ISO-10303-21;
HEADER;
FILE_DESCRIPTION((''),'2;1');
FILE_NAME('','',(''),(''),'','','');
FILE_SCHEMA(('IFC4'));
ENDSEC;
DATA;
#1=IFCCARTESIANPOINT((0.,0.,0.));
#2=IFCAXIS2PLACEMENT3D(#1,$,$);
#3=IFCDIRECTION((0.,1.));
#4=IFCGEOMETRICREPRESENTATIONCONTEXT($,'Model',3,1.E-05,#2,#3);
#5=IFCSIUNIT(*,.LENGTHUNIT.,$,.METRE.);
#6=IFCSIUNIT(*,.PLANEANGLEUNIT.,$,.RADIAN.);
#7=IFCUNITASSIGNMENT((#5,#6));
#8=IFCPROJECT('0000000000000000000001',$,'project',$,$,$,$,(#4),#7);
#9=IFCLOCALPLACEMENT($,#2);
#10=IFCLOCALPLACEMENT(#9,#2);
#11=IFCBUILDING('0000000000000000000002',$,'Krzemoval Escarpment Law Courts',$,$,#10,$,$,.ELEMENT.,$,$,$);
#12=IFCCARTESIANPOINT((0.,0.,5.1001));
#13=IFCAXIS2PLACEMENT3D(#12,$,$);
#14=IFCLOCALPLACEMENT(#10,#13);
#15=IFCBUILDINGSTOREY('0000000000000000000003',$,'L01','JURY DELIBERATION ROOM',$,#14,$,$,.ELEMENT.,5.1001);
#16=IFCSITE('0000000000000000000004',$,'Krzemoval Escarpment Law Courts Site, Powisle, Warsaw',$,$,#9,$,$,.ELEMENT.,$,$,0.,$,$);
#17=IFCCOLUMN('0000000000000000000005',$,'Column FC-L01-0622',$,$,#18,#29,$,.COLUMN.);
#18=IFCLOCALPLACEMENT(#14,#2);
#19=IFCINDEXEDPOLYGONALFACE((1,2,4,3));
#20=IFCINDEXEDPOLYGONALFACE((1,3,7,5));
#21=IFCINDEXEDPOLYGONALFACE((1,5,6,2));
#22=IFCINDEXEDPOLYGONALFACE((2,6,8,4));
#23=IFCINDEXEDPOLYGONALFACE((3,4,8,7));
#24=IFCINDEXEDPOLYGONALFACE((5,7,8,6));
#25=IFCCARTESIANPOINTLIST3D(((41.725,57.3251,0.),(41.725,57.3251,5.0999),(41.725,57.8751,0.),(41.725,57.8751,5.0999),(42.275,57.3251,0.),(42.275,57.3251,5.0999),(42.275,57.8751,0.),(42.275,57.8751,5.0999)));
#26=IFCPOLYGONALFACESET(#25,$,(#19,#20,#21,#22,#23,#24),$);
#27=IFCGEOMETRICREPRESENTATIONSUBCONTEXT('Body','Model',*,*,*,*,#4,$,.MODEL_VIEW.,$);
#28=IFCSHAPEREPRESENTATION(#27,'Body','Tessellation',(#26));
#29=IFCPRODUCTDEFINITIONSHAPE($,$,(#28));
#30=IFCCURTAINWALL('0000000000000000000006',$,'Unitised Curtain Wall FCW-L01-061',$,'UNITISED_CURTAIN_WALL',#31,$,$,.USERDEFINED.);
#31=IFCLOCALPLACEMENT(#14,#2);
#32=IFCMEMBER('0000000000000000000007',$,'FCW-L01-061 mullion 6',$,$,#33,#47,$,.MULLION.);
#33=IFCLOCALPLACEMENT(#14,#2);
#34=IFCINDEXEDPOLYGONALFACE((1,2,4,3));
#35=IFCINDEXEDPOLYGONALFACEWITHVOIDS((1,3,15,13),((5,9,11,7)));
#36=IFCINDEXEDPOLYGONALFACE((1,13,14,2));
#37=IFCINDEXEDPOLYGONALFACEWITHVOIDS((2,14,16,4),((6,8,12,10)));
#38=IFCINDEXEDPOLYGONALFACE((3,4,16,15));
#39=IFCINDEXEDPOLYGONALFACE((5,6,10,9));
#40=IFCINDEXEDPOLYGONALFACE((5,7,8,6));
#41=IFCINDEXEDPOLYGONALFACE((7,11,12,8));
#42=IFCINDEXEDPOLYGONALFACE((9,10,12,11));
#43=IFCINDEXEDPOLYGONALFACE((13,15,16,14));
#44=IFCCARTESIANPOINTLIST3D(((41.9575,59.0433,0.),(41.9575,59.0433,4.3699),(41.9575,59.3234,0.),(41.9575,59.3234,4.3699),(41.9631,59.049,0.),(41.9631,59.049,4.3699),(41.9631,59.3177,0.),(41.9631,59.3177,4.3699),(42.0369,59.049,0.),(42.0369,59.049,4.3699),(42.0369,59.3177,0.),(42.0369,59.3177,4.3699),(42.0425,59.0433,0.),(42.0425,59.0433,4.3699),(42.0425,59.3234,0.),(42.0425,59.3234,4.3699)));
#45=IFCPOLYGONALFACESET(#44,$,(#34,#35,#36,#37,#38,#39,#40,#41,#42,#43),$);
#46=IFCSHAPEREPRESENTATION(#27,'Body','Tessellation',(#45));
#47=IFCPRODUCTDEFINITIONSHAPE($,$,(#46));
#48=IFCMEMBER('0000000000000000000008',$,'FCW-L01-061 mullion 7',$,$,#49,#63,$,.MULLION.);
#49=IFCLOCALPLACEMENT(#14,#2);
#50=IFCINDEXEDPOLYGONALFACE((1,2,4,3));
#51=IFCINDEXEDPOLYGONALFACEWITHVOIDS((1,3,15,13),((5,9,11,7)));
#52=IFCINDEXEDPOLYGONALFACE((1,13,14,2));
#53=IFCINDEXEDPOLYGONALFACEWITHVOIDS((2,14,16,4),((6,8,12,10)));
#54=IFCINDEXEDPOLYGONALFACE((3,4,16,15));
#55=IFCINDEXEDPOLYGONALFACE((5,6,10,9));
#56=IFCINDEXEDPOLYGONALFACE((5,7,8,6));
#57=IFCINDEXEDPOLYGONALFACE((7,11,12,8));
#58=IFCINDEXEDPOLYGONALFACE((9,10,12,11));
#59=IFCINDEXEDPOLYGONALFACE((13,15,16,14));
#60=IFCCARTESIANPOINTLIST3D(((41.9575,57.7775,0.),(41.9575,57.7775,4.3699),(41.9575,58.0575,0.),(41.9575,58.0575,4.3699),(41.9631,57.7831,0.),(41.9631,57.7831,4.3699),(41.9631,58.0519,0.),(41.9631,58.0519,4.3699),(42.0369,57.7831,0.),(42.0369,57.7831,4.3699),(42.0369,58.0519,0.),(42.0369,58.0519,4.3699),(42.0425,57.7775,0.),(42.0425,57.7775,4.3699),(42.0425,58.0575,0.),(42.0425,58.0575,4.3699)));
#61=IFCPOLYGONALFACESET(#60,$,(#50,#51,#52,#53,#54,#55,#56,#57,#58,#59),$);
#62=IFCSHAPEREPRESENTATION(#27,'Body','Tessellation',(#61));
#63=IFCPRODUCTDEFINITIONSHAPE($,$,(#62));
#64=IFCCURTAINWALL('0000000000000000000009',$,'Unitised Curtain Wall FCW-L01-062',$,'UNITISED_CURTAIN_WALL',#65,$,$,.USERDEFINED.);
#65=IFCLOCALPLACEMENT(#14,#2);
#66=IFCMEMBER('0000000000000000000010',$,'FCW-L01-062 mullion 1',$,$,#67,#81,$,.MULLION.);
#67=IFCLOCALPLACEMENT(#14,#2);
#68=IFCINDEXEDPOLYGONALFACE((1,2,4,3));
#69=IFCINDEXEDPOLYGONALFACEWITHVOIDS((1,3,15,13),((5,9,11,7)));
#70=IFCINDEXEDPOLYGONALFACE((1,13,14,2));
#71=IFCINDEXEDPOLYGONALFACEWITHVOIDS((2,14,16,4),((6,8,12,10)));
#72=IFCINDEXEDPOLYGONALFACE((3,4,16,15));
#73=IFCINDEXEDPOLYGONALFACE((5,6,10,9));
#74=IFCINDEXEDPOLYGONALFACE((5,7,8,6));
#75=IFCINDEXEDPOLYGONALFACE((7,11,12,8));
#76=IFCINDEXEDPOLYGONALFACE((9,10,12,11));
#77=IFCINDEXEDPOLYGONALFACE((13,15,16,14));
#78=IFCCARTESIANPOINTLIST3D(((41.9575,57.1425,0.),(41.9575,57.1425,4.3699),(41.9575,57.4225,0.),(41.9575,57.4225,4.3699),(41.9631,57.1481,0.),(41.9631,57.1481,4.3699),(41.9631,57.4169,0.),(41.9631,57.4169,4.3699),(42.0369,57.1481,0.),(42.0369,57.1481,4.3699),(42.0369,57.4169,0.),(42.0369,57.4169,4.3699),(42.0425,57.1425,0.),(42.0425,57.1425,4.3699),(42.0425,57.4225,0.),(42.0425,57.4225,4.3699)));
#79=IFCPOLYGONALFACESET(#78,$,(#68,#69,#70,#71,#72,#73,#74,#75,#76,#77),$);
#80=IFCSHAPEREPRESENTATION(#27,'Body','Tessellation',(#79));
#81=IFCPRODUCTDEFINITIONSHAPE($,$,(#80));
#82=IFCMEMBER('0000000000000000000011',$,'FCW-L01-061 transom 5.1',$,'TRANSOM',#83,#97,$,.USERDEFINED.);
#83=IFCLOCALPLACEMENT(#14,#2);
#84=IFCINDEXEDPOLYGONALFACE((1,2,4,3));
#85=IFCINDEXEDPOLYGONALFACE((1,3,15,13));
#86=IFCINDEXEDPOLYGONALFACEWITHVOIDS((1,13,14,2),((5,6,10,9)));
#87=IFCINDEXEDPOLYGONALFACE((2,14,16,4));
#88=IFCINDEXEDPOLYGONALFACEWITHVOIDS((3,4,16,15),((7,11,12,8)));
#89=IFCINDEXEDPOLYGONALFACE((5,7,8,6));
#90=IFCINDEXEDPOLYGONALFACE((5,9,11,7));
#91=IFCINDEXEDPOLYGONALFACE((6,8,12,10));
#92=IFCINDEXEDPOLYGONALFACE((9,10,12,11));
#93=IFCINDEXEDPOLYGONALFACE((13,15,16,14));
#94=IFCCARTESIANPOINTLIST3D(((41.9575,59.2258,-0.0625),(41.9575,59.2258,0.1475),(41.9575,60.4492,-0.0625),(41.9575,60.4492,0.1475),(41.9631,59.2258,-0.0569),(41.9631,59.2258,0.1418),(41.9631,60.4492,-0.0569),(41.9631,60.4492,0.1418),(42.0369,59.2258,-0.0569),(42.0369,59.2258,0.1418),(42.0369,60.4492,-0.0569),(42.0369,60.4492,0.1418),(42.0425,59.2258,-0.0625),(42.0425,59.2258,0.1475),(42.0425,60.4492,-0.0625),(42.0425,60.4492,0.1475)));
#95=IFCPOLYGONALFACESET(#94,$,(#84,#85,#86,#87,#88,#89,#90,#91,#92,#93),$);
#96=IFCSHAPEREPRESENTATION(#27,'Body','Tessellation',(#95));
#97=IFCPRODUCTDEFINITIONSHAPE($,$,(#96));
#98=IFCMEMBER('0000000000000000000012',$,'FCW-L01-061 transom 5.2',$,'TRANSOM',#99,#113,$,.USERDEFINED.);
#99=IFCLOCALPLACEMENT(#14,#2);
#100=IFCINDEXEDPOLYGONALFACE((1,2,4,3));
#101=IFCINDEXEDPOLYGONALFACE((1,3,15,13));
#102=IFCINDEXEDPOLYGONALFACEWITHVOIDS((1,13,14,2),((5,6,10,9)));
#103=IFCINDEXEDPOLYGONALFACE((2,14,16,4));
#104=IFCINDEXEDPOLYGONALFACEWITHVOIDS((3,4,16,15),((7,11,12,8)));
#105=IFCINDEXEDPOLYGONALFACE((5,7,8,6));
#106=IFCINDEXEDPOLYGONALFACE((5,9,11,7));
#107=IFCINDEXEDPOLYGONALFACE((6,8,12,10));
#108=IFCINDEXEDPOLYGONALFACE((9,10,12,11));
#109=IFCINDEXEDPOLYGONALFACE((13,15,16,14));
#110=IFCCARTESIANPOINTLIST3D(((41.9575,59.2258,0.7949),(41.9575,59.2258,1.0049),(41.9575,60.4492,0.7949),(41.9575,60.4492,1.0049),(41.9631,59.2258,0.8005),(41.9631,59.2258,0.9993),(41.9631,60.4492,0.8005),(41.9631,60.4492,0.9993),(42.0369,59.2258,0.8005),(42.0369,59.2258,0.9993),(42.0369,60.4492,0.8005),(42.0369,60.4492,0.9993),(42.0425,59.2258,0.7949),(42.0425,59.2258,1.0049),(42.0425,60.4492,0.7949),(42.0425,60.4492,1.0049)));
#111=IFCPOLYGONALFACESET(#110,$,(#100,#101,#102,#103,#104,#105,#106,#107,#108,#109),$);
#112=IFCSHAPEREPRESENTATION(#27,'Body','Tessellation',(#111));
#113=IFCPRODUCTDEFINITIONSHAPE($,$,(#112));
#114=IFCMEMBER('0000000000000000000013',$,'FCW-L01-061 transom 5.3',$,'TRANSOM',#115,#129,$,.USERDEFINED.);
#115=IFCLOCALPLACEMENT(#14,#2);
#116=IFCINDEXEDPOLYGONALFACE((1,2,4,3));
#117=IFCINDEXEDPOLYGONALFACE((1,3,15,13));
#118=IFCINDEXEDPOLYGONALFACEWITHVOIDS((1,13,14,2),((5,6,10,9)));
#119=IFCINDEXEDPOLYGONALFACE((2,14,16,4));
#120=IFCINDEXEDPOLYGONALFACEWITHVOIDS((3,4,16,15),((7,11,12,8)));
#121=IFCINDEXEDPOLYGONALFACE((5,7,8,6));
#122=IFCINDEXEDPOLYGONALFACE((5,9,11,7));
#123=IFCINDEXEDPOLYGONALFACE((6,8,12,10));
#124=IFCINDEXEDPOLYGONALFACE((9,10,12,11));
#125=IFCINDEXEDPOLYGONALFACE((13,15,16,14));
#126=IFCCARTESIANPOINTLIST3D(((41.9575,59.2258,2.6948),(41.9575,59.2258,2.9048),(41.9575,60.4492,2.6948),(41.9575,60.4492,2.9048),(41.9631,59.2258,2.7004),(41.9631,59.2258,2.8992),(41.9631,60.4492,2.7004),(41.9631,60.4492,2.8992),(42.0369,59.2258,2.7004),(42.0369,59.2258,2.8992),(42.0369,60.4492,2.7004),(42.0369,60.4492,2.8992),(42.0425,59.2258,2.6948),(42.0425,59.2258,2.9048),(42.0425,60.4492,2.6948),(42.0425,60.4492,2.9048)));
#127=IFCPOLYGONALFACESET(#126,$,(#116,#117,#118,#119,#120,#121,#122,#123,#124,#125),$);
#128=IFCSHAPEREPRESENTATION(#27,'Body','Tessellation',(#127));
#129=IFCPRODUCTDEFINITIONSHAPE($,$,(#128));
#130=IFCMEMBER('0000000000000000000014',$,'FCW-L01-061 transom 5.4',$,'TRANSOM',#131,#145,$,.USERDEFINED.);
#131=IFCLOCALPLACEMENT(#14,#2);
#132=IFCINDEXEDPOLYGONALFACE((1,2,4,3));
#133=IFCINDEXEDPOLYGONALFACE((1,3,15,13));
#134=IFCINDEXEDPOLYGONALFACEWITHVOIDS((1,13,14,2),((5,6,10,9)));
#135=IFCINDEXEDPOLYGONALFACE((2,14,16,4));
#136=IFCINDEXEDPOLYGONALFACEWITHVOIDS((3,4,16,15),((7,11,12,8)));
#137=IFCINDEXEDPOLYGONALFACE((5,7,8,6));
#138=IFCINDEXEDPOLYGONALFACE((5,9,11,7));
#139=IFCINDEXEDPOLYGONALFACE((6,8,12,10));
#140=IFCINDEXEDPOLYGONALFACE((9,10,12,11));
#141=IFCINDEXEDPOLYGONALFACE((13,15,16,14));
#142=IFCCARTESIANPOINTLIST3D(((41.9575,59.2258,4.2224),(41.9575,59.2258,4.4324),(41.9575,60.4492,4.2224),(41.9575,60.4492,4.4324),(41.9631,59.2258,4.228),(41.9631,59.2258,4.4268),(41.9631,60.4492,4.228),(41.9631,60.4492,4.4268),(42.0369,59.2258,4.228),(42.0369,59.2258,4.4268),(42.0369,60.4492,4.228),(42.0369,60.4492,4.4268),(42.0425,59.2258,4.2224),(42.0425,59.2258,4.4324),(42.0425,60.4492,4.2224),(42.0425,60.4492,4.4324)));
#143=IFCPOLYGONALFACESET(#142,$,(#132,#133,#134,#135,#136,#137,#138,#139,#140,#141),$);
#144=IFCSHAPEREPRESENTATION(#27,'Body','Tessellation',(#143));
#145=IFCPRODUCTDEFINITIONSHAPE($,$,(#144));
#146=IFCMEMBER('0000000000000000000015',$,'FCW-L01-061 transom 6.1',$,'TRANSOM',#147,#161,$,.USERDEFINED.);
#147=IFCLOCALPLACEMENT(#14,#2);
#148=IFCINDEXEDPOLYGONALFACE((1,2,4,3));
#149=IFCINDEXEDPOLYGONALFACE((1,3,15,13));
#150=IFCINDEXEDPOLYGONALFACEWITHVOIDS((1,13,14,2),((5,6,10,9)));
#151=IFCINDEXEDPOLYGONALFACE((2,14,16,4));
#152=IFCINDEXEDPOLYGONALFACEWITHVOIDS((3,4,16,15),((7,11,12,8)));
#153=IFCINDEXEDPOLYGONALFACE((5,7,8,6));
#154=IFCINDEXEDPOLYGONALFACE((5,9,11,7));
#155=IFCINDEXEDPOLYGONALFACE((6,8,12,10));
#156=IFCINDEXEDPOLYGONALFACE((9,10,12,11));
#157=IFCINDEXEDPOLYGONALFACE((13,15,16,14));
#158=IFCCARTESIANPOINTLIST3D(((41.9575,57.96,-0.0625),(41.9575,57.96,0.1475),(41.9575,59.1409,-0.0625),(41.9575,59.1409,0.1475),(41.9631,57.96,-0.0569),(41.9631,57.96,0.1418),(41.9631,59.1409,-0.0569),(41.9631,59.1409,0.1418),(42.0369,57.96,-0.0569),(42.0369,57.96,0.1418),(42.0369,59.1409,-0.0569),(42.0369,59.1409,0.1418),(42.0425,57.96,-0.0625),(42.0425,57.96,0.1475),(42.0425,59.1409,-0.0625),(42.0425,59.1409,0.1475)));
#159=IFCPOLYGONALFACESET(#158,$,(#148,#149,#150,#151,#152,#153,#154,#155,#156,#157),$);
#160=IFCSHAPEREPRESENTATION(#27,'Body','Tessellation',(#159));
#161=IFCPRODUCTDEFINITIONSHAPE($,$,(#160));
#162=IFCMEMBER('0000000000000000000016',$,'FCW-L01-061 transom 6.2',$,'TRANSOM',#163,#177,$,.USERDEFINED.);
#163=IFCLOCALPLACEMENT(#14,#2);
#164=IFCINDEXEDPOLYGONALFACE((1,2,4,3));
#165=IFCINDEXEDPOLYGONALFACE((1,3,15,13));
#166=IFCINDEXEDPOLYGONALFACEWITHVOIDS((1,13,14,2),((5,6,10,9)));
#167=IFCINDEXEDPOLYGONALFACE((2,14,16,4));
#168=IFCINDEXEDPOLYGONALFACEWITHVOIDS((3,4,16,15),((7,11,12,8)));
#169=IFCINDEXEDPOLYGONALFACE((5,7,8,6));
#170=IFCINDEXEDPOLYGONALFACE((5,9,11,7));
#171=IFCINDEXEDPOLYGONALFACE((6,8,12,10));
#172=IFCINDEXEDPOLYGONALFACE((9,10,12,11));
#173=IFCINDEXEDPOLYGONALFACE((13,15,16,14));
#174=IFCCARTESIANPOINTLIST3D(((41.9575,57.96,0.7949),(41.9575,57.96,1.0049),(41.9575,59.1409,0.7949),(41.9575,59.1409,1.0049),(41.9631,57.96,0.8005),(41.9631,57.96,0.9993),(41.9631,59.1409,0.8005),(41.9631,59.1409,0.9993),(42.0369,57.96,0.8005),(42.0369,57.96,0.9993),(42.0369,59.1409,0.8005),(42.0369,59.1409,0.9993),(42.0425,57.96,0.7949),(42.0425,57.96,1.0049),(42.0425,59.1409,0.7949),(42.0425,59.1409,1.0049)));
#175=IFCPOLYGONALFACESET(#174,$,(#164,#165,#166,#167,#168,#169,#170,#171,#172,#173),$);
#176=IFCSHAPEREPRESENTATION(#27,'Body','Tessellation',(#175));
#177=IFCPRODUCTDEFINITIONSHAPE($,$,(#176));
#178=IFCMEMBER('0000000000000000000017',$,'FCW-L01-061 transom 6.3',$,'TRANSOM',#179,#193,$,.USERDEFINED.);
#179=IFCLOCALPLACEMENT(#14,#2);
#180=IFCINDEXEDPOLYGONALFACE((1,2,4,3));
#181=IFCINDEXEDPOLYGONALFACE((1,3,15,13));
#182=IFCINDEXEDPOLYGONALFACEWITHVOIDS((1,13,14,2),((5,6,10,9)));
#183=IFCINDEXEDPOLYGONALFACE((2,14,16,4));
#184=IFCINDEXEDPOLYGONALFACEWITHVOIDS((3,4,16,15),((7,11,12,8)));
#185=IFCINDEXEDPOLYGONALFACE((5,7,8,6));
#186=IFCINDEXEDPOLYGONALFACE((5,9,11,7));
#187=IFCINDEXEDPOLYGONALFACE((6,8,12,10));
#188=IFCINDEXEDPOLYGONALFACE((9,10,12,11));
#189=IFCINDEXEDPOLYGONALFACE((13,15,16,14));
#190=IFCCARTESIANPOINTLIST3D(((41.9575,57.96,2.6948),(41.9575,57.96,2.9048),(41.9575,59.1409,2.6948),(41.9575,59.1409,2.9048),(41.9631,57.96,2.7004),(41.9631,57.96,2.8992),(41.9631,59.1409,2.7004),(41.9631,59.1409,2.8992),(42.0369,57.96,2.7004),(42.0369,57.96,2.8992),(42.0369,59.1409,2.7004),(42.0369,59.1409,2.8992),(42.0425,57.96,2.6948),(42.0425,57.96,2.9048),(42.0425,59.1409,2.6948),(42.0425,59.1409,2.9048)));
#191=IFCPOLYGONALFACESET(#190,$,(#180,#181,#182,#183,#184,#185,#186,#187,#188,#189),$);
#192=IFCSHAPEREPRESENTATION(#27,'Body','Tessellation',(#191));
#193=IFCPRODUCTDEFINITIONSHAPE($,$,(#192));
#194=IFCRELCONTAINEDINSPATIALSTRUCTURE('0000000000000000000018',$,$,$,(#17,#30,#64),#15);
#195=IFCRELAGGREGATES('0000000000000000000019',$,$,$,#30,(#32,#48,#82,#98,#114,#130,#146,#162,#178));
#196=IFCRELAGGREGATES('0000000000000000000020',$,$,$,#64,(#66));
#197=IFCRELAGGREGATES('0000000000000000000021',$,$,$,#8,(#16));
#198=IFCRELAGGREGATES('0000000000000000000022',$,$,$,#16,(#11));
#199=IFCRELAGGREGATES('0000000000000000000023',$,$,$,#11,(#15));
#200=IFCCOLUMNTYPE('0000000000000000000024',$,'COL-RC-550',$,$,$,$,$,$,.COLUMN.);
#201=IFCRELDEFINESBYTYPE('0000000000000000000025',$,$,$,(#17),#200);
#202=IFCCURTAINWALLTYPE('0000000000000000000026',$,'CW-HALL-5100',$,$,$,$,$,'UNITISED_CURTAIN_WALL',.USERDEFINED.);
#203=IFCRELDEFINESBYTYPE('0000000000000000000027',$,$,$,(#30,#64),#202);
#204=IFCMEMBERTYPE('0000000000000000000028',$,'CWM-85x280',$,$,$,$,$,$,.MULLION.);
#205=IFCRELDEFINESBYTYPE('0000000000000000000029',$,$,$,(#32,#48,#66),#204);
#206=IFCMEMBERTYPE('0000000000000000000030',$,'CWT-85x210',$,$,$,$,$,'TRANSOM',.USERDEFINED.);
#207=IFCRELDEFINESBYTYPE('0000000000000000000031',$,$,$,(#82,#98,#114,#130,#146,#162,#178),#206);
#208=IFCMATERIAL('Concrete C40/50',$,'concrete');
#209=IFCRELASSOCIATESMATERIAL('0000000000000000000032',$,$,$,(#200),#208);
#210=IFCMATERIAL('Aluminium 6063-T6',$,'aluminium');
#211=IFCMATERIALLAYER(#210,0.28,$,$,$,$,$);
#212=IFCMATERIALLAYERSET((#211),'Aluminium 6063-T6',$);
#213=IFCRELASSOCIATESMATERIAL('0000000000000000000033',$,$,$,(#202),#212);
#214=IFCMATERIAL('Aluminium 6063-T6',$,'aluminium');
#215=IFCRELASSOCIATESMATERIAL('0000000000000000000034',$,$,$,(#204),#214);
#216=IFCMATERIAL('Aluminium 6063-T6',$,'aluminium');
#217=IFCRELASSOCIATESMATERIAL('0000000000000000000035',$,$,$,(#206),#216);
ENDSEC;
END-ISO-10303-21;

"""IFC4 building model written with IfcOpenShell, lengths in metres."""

from ifc_helpers import new_model, si_unit, direction, frame, origin, origin_2d, place, context, subcontext, project, spatial, rectangle, hollow_rectangle, extrude, material, layer, layer_set, material_profile, profile_set, type_object, element, aggregate, save


model = new_model("IFC4")

# Units and contexts
model_context = context("Model", 3, precision=1e-05, world=origin(), true_north=direction((0.0, 1.0)))
body_context = subcontext(model_context, "Body", "Model", "MODEL_VIEW")
ifc_project = project(units=[si_unit("LENGTHUNIT", "METRE"), si_unit("PLANEANGLEUNIT", "RADIAN")], contexts=[model_context])

# Site, building, storey
site_placement = place(None, origin())
site = spatial("IfcSite", under=ifc_project, at=site_placement, Name="Krzemoval Escarpment Law Courts Site, Powisle, Warsaw", CompositionType="ELEMENT", RefElevation=0.0)
building_placement = place(site_placement, origin())
building = spatial("IfcBuilding", under=site, at=building_placement, Name="Krzemoval Escarpment Law Courts", CompositionType="ELEMENT")
storey_placement = place(building_placement, frame((0.0, 0.0, 5.1001)))
storey = spatial("IfcBuildingStorey", under=building, at=storey_placement, Name="L01", Description="JURY DELIBERATION ROOM", CompositionType="ELEMENT", Elevation=5.1001)

# Column
ifc_material_1 = material(Name="Concrete C40/50", Category="concrete")
ifc_material_profile_1 = material_profile(ifc_material_1, rectangle(XDim=0.55, YDim=0.55, at=origin_2d()), Name="RC 550x550")
ifc_profile_set_1 = profile_set([ifc_material_profile_1], Name="Concrete C40/50")
column_type = type_object("IfcColumnType", Name="COL-RC-550", PredefinedType="COLUMN", material=ifc_profile_set_1)
column_placement = place(storey_placement, frame((42.0, 57.6001, 0.0), z_axis=(0.0, 0.0, 1.0), x_axis=(1.0, 0.0, 0.0)))
element("IfcColumn", 1, at=column_placement, inside=storey, type_object=column_type, Name="Column FC-L01-0622", PredefinedType="COLUMN", context=body_context, shape_type="SweptSolid", body=[
    extrude(rectangle(XDim=0.55, YDim=0.55, at=origin_2d()), origin(), (0.0, 0.0, 1.0), 5.0999),
])

# Curtain wall, members
ifc_material_2 = material(Name="Aluminium 6063-T6", Category="aluminium")
ifc_layer_1 = layer(ifc_material_2, 0.28)
ifc_layer_set_1 = layer_set([ifc_layer_1], Name="Aluminium 6063-T6")
curtain_wall_type = type_object("IfcCurtainWallType", Name="CW-HALL-5100", ElementType="UNITISED_CURTAIN_WALL", PredefinedType="USERDEFINED", material=ifc_layer_set_1)
curtain_wall_1_placement = place(storey_placement, origin())
curtain_wall_1 = element("IfcCurtainWall", 2, at=curtain_wall_1_placement, inside=storey, type_object=curtain_wall_type, Name="Unitised Curtain Wall FCW-L01-061", ObjectType="UNITISED_CURTAIN_WALL", PredefinedType="USERDEFINED")
ifc_material_3 = material(Name="Aluminium 6063-T6", Category="aluminium")
ifc_material_profile_2 = material_profile(ifc_material_3, hollow_rectangle(XDim=0.085, YDim=0.28, WallThickness=0.0056, at=origin_2d()), Name="ALU M85x280")
ifc_profile_set_2 = profile_set([ifc_material_profile_2], Name="Aluminium 6063-T6")
member_type_1 = type_object("IfcMemberType", Name="CWM-85x280", PredefinedType="MULLION", material=ifc_profile_set_2)
member_1_placement = place(storey_placement, frame((42.0, 59.1833, 0.0), z_axis=(0.0, 0.0, 1.0), x_axis=(1.0, 0.0, 0.0)))
member_1 = element("IfcMember", 3, at=member_1_placement, type_object=member_type_1, Name="FCW-L01-061 mullion 6", PredefinedType="MULLION", context=body_context, shape_type="SweptSolid", body=[
    extrude(hollow_rectangle(XDim=0.085, YDim=0.28, WallThickness=0.0056, at=origin_2d()), origin(), (0.0, 0.0, 1.0), 4.3699),
])
member_2_placement = place(storey_placement, frame((42.0, 57.9175, 0.0), z_axis=(0.0, 0.0, 1.0), x_axis=(1.0, 0.0, 0.0)))
member_2 = element("IfcMember", 4, at=member_2_placement, type_object=member_type_1, Name="FCW-L01-061 mullion 7", PredefinedType="MULLION", context=body_context, shape_type="SweptSolid", body=[
    extrude(hollow_rectangle(XDim=0.085, YDim=0.28, WallThickness=0.0056, at=origin_2d()), origin(), (0.0, 0.0, 1.0), 4.3699),
])

# Curtain wall, member
curtain_wall_2_placement = place(storey_placement, origin())
curtain_wall_2 = element("IfcCurtainWall", 5, at=curtain_wall_2_placement, inside=storey, type_object=curtain_wall_type, Name="Unitised Curtain Wall FCW-L01-062", ObjectType="UNITISED_CURTAIN_WALL", PredefinedType="USERDEFINED")
member_3_placement = place(storey_placement, frame((42.0, 57.2825, 0.0), z_axis=(0.0, 0.0, 1.0), x_axis=(1.0, 0.0, 0.0)))
member_3 = element("IfcMember", 6, at=member_3_placement, type_object=member_type_1, Name="FCW-L01-062 mullion 1", PredefinedType="MULLION", context=body_context, shape_type="SweptSolid", body=[
    extrude(hollow_rectangle(XDim=0.085, YDim=0.28, WallThickness=0.0056, at=origin_2d()), origin(), (0.0, 0.0, 1.0), 4.3699),
])

# Members
ifc_material_4 = material(Name="Aluminium 6063-T6", Category="aluminium")
ifc_material_profile_3 = material_profile(ifc_material_4, hollow_rectangle(XDim=0.085, YDim=0.21, WallThickness=0.0056, at=origin_2d()), Name="ALU T85x210")
ifc_profile_set_3 = profile_set([ifc_material_profile_3], Name="Aluminium 6063-T6")
member_type_2 = type_object("IfcMemberType", Name="CWT-85x210", ElementType="TRANSOM", PredefinedType="USERDEFINED", material=ifc_profile_set_3)
member_4_placement = place(storey_placement, frame((42.0, 60.4492, 0.0425), z_axis=(0.0, -1.0, 0.0), x_axis=(1.0, 0.0, 0.0)))
member_4 = element("IfcMember", 7, at=member_4_placement, type_object=member_type_2, Name="FCW-L01-061 transom 5.1", ObjectType="TRANSOM", PredefinedType="USERDEFINED", context=body_context, shape_type="SweptSolid", body=[
    extrude(hollow_rectangle(XDim=0.085, YDim=0.21, WallThickness=0.0056, at=origin_2d()), origin(), (0.0, 0.0, 1.0), 1.2234),
])
member_5_placement = place(storey_placement, frame((42.0, 60.4492, 0.8999), z_axis=(0.0, -1.0, 0.0), x_axis=(1.0, 0.0, 0.0)))
member_5 = element("IfcMember", 8, at=member_5_placement, type_object=member_type_2, Name="FCW-L01-061 transom 5.2", ObjectType="TRANSOM", PredefinedType="USERDEFINED", context=body_context, shape_type="SweptSolid", body=[
    extrude(hollow_rectangle(XDim=0.085, YDim=0.21, WallThickness=0.0056, at=origin_2d()), origin(), (0.0, 0.0, 1.0), 1.2234),
])
member_6_placement = place(storey_placement, frame((42.0, 60.4492, 2.7998), z_axis=(0.0, -1.0, 0.0), x_axis=(1.0, 0.0, 0.0)))
member_6 = element("IfcMember", 9, at=member_6_placement, type_object=member_type_2, Name="FCW-L01-061 transom 5.3", ObjectType="TRANSOM", PredefinedType="USERDEFINED", context=body_context, shape_type="SweptSolid", body=[
    extrude(hollow_rectangle(XDim=0.085, YDim=0.21, WallThickness=0.0056, at=origin_2d()), origin(), (0.0, 0.0, 1.0), 1.2234),
])
member_7_placement = place(storey_placement, frame((42.0, 60.4492, 4.3274), z_axis=(0.0, -1.0, 0.0), x_axis=(1.0, 0.0, 0.0)))
member_7 = element("IfcMember", 10, at=member_7_placement, type_object=member_type_2, Name="FCW-L01-061 transom 5.4", ObjectType="TRANSOM", PredefinedType="USERDEFINED", context=body_context, shape_type="SweptSolid", body=[
    extrude(hollow_rectangle(XDim=0.085, YDim=0.21, WallThickness=0.0056, at=origin_2d()), origin(), (0.0, 0.0, 1.0), 1.2234),
])
member_8_placement = place(storey_placement, frame((42.0, 59.1409, 0.0425), z_axis=(0.0, -1.0, 0.0), x_axis=(1.0, 0.0, 0.0)))
member_8 = element("IfcMember", 11, at=member_8_placement, type_object=member_type_2, Name="FCW-L01-061 transom 6.1", ObjectType="TRANSOM", PredefinedType="USERDEFINED", context=body_context, shape_type="SweptSolid", body=[
    extrude(hollow_rectangle(XDim=0.085, YDim=0.21, WallThickness=0.0056, at=origin_2d()), origin(), (0.0, 0.0, 1.0), 1.1809),
])
member_9_placement = place(storey_placement, frame((42.0, 59.1409, 0.8999), z_axis=(0.0, -1.0, 0.0), x_axis=(1.0, 0.0, 0.0)))
member_9 = element("IfcMember", 12, at=member_9_placement, type_object=member_type_2, Name="FCW-L01-061 transom 6.2", ObjectType="TRANSOM", PredefinedType="USERDEFINED", context=body_context, shape_type="SweptSolid", body=[
    extrude(hollow_rectangle(XDim=0.085, YDim=0.21, WallThickness=0.0056, at=origin_2d()), origin(), (0.0, 0.0, 1.0), 1.1809),
])
member_10_placement = place(storey_placement, frame((42.0, 59.1409, 2.7998), z_axis=(0.0, -1.0, 0.0), x_axis=(1.0, 0.0, 0.0)))
member_10 = element("IfcMember", 13, at=member_10_placement, type_object=member_type_2, Name="FCW-L01-061 transom 6.3", ObjectType="TRANSOM", PredefinedType="USERDEFINED", context=body_context, shape_type="SweptSolid", body=[
    extrude(hollow_rectangle(XDim=0.085, YDim=0.21, WallThickness=0.0056, at=origin_2d()), origin(), (0.0, 0.0, 1.0), 1.1809),
])

aggregate(curtain_wall_1, [member_1, member_2, member_4, member_5, member_6, member_7, member_8, member_9, member_10])
aggregate(curtain_wall_2, [member_3])

save(model, "model.ifc")
